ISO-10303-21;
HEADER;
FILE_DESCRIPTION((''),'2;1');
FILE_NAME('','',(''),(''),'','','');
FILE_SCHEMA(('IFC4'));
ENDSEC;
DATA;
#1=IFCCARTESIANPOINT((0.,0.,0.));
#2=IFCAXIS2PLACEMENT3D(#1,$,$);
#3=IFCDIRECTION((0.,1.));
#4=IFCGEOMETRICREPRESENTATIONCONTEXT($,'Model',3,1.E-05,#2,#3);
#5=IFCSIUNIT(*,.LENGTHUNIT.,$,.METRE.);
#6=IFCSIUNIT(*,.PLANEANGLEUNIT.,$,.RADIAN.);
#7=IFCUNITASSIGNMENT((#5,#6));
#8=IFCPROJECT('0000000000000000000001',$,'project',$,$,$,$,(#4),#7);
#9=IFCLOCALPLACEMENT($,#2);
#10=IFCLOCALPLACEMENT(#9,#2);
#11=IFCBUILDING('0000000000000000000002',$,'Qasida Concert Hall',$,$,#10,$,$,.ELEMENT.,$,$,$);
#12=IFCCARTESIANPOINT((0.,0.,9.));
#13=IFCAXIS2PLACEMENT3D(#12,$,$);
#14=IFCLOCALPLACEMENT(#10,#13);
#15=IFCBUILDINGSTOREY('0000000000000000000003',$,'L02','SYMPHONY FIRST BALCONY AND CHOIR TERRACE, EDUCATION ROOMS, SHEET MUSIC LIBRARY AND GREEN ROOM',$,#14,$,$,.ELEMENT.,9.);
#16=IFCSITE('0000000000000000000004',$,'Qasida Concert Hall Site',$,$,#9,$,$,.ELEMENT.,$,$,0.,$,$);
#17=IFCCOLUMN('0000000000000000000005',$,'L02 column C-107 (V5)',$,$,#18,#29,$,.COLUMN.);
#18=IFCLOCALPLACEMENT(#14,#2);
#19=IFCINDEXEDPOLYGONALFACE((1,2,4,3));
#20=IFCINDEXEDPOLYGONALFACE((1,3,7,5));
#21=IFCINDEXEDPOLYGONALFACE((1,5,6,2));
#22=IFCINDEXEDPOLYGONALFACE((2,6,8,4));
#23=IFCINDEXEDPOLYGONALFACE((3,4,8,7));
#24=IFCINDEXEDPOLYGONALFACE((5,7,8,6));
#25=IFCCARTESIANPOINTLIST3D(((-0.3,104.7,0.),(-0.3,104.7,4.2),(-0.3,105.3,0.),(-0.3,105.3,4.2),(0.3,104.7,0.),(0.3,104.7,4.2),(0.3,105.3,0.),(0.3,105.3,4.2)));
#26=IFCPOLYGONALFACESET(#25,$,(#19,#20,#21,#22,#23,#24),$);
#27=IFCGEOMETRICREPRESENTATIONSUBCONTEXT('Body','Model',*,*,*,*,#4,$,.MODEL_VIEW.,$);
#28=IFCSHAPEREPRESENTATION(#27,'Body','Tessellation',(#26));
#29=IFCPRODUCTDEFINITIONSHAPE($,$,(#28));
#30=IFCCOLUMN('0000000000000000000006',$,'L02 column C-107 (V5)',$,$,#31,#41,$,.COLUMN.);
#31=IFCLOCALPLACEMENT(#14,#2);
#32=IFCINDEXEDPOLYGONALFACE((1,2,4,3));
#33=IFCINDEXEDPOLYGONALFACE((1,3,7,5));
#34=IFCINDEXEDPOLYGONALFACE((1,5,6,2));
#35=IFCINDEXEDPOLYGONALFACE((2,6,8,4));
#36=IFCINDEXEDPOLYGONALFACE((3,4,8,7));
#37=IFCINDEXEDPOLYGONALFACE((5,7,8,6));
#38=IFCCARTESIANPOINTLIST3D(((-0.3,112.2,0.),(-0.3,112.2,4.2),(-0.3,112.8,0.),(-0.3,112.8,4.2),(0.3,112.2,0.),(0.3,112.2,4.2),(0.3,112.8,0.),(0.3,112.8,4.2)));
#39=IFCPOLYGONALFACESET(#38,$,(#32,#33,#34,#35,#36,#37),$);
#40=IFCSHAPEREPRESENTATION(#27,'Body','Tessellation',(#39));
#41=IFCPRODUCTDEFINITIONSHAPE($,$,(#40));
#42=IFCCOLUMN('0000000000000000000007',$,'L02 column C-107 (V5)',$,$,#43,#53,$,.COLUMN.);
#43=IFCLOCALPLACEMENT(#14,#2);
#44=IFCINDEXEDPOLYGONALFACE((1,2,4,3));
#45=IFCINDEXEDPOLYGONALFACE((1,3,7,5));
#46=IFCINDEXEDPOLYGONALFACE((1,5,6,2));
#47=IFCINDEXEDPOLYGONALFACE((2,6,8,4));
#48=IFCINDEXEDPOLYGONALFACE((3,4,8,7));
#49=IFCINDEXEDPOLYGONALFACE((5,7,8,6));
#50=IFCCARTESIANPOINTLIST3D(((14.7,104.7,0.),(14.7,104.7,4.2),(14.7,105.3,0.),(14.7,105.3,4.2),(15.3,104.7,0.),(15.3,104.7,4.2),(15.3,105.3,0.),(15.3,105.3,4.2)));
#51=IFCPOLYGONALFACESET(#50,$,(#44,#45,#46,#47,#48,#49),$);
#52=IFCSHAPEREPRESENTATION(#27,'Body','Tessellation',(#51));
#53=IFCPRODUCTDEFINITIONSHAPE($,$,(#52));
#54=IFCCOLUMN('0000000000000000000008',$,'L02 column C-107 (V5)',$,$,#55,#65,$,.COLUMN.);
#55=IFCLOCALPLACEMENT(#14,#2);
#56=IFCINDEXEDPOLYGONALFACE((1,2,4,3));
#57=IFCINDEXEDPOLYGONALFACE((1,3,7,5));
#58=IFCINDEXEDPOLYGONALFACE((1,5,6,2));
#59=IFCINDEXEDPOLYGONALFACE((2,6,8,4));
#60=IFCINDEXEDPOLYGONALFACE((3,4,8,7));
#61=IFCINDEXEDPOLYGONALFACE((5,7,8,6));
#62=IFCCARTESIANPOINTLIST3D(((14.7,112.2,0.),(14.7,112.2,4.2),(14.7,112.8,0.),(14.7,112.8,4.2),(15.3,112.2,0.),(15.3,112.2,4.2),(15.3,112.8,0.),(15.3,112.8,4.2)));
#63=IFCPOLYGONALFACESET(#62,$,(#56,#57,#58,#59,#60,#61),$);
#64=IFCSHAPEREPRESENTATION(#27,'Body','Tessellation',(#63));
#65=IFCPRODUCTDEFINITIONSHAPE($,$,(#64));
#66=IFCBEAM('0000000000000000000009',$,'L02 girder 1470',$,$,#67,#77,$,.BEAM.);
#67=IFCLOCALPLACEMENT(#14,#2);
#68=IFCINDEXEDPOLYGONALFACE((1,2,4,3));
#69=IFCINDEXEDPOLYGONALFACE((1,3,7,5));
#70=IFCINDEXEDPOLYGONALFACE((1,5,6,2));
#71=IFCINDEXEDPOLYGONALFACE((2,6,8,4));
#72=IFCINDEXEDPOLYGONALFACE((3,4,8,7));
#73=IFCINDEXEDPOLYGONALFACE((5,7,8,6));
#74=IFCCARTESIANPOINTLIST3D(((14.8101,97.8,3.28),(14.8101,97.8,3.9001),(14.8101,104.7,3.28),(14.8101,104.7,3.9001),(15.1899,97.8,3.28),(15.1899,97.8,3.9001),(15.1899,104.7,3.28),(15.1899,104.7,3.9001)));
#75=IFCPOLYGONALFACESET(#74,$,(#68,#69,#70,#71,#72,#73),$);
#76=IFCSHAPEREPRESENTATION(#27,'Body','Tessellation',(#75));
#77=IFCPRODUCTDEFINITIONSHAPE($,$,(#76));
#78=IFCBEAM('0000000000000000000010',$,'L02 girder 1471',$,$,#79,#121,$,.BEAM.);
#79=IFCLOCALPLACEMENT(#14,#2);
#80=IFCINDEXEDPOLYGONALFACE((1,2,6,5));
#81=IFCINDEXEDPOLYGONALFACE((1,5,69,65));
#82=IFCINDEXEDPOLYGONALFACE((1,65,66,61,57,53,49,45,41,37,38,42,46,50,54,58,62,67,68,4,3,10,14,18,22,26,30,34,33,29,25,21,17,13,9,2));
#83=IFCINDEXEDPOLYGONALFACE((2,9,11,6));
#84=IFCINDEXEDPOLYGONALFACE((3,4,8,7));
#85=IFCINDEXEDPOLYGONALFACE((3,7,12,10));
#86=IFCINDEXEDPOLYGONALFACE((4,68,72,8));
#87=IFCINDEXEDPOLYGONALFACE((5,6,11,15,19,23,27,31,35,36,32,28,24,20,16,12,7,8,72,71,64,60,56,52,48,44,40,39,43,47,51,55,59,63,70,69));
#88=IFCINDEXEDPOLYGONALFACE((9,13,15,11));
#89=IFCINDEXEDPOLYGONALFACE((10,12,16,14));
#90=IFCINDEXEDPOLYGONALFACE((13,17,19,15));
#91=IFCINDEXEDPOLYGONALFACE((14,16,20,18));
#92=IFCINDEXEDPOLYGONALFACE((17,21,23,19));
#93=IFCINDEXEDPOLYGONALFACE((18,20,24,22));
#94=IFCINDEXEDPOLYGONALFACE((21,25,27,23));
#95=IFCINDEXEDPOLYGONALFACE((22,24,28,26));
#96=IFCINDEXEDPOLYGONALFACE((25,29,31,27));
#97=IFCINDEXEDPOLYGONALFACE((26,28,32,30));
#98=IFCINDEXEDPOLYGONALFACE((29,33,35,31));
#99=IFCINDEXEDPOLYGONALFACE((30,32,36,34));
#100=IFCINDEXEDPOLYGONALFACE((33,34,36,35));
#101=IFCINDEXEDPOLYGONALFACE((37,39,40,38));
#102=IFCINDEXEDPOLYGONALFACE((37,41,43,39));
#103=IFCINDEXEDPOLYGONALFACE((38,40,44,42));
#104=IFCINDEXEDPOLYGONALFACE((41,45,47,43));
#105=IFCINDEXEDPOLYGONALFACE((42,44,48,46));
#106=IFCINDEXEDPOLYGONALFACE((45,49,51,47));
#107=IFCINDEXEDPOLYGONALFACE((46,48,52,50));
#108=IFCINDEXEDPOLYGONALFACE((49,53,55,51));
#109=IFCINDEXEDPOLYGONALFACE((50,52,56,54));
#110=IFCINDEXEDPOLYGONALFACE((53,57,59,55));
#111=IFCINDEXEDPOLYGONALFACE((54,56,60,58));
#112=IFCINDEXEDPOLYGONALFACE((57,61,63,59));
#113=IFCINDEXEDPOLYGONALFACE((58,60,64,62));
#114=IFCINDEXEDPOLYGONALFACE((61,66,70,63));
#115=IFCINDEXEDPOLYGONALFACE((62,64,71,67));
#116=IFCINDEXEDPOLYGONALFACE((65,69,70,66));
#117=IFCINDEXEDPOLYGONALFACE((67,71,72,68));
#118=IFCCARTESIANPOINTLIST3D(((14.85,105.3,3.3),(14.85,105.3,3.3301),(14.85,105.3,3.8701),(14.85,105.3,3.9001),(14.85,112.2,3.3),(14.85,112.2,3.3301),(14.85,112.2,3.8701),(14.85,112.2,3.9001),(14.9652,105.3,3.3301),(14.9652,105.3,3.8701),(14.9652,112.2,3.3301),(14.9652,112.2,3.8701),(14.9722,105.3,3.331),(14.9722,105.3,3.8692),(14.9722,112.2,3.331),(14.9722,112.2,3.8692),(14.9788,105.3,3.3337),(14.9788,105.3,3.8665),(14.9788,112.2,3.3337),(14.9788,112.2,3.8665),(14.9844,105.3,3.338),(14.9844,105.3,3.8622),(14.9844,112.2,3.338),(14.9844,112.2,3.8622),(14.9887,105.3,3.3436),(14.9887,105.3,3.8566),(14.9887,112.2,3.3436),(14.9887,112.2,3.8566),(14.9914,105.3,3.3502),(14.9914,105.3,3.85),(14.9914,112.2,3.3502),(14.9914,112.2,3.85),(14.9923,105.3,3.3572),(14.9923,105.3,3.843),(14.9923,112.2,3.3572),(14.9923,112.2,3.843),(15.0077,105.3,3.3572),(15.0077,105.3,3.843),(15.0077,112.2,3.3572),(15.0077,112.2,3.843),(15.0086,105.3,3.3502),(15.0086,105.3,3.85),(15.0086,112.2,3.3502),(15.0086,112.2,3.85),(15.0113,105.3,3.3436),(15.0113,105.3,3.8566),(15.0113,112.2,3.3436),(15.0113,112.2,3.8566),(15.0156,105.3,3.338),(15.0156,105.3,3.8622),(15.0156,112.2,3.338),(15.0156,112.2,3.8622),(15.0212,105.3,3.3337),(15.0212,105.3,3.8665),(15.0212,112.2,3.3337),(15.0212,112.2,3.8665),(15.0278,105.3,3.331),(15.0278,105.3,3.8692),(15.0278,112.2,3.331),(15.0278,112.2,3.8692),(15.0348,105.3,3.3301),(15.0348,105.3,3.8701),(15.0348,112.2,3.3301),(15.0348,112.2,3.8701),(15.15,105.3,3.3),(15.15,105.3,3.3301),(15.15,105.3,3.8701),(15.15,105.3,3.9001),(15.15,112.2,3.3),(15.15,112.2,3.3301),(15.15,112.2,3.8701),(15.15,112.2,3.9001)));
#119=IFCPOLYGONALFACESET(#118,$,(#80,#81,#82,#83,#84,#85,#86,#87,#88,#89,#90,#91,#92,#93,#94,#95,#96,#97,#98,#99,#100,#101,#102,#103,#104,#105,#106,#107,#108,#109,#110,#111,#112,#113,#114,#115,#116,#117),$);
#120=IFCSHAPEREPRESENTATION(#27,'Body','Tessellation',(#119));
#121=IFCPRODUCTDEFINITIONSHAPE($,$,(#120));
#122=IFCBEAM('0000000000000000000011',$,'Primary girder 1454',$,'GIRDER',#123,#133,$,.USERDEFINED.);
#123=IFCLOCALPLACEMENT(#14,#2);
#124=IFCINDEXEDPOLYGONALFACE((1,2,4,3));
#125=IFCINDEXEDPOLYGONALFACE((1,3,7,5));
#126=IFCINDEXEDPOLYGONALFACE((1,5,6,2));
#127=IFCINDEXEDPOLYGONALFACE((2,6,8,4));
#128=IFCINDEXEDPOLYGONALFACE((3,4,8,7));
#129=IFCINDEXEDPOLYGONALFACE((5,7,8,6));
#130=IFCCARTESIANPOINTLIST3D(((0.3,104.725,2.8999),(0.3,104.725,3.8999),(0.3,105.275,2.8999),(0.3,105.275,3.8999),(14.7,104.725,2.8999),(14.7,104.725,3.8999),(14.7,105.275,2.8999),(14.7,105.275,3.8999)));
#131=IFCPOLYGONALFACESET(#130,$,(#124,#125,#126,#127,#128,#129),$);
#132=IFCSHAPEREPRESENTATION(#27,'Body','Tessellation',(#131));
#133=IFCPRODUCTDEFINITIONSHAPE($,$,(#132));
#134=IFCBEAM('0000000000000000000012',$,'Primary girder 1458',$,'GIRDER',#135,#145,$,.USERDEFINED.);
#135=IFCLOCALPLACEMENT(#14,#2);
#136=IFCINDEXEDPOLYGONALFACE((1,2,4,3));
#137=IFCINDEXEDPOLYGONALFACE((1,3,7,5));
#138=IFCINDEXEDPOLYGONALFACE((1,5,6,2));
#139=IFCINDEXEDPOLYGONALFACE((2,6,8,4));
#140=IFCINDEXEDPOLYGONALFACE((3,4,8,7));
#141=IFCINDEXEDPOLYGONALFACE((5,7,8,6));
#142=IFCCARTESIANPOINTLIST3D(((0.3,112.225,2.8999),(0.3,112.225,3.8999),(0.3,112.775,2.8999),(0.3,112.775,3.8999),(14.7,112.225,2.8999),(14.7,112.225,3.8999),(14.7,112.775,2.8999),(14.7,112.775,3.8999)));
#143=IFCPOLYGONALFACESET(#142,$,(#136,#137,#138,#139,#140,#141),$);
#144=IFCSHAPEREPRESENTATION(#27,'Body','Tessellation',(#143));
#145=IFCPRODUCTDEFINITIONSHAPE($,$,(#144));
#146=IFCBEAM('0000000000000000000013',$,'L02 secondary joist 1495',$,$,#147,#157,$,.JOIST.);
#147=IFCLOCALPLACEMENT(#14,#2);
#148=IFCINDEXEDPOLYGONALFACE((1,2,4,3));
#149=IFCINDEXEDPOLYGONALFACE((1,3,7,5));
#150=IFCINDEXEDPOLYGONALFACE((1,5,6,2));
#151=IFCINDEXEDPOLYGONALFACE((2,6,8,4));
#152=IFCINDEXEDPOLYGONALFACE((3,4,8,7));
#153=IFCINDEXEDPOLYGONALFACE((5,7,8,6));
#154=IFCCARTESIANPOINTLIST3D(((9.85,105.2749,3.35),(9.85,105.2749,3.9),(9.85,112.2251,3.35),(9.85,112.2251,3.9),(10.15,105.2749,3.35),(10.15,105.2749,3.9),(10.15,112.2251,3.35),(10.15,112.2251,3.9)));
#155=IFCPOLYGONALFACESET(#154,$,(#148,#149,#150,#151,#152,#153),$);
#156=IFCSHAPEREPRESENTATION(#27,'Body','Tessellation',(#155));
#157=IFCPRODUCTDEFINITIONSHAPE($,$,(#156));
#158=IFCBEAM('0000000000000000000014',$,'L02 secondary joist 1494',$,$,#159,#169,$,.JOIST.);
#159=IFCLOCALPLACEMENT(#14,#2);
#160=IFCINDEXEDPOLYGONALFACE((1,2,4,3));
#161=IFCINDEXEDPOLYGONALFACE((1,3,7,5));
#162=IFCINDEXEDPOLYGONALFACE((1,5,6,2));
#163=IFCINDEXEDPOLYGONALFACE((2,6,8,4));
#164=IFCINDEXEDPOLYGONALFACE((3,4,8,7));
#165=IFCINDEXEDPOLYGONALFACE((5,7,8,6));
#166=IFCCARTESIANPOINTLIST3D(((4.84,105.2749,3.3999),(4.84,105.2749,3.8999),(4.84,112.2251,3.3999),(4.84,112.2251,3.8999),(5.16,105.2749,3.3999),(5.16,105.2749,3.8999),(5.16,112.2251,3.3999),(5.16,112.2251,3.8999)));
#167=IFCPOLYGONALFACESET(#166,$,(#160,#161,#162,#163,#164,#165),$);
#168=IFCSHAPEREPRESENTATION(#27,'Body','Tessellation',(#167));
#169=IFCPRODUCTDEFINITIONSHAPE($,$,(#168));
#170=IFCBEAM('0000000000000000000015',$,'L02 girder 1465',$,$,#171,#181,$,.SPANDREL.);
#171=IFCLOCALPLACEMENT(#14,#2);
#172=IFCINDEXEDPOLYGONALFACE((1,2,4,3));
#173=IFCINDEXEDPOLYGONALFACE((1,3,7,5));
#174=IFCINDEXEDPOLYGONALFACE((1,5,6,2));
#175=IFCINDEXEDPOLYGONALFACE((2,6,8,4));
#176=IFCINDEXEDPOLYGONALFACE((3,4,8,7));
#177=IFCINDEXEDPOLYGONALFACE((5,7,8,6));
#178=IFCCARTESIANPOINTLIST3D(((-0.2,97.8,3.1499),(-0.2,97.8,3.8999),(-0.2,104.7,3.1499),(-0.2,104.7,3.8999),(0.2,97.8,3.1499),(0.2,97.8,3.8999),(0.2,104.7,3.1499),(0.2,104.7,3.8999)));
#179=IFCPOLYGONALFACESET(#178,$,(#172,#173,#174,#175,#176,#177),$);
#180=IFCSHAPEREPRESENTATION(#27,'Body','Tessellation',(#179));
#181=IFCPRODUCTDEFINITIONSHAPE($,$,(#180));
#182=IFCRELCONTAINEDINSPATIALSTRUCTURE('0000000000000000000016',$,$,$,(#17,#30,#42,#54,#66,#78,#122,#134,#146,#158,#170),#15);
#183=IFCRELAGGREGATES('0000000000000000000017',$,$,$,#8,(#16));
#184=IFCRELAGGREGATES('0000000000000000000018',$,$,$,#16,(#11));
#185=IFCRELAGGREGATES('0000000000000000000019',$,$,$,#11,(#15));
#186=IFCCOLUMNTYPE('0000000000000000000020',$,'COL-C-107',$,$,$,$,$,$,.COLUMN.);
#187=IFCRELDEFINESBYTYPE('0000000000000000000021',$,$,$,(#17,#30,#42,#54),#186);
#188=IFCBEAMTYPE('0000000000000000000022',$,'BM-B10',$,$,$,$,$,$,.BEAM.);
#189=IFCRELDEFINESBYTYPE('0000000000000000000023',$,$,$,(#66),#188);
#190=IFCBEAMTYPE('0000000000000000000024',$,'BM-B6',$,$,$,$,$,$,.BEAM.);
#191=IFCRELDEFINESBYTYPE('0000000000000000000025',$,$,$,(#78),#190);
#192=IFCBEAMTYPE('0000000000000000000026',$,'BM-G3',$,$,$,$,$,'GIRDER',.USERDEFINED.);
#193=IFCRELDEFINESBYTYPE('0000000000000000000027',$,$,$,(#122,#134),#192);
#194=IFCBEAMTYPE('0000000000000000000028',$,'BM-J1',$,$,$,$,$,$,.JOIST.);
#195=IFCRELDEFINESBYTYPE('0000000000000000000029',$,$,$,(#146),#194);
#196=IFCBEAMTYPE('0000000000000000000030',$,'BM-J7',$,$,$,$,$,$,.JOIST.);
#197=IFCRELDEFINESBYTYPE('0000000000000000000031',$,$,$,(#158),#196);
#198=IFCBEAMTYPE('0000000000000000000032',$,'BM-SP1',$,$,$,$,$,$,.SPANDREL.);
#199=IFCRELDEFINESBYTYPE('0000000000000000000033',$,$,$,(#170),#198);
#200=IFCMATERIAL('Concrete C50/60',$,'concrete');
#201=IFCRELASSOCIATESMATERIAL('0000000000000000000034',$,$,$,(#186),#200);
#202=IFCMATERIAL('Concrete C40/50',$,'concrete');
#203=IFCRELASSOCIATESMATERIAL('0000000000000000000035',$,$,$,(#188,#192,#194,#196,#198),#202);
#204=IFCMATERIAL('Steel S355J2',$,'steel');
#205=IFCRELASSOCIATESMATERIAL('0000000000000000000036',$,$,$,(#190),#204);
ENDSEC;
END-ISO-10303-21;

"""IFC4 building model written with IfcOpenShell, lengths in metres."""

from ifc_helpers import new_model, si_unit, direction, frame, origin, origin_2d, place, context, subcontext, project, spatial, rectangle, i_section, extrude, material, material_profile, profile_set, type_object, element, save


model = new_model("IFC4")

# Units and contexts
model_context = context("Model", 3, precision=1e-05, world=origin(), true_north=direction((0.0, 1.0)))
body_context = subcontext(model_context, "Body", "Model", "MODEL_VIEW")
ifc_project = project(units=[si_unit("LENGTHUNIT", "METRE"), si_unit("PLANEANGLEUNIT", "RADIAN")], contexts=[model_context])

# Site, building, storey
site_placement = place(None, origin())
site = spatial("IfcSite", under=ifc_project, at=site_placement, Name="Qasida Concert Hall Site", CompositionType="ELEMENT", RefElevation=0.0)
building_placement = place(site_placement, origin())
building = spatial("IfcBuilding", under=site, at=building_placement, Name="Qasida Concert Hall", CompositionType="ELEMENT")
storey_placement = place(building_placement, frame((0.0, 0.0, 9.0)))
storey = spatial("IfcBuildingStorey", under=building, at=storey_placement, Name="L02", Description="SYMPHONY FIRST BALCONY AND CHOIR TERRACE, EDUCATION ROOMS, SHEET MUSIC LIBRARY AND GREEN ROOM", CompositionType="ELEMENT", Elevation=9.0)

# Columns
ifc_material_1 = material(Name="Concrete C50/60", Category="concrete")
ifc_material_profile_1 = material_profile(ifc_material_1, rectangle(XDim=0.6001, YDim=0.6001, at=origin_2d()), Name="RC 600x600")
ifc_profile_set_1 = profile_set([ifc_material_profile_1], Name="Concrete C50/60")
column_type = type_object("IfcColumnType", Name="COL-C-107", PredefinedType="COLUMN", material=ifc_profile_set_1)
for number, where, z_axis, x_axis, name in (
    (1, (0.0, 105.0, 0.0), (0.0, 0.0, 1.0), (1.0, 0.0, 0.0), "L02 column C-107 (V5)"),
    (2, (0.0, 112.5, 0.0), (0.0, 0.0, 1.0), (1.0, 0.0, 0.0), "L02 column C-107 (V5)"),
    (3, (15.0, 105.0, 0.0), (0.0, 0.0, 1.0), (1.0, 0.0, 0.0), "L02 column C-107 (V5)"),
    (4, (15.0, 112.5, 0.0), (0.0, 0.0, 1.0), (1.0, 0.0, 0.0), "L02 column C-107 (V5)"),
):
    element("IfcColumn", number, at=place(storey_placement, frame(where, z_axis=z_axis, x_axis=x_axis)), inside=storey, type_object=column_type, Name=name, PredefinedType="COLUMN", context=body_context, shape_type="SweptSolid", body=[
        extrude(rectangle(XDim=0.6001, YDim=0.6001, at=origin_2d()), origin(), (0.0, 0.0, 1.0), 4.2),
    ])

# Beams
ifc_material_2 = material(Name="Concrete C40/50", Category="concrete")
ifc_material_profile_2 = material_profile(ifc_material_2, rectangle(XDim=0.3799, YDim=0.6201, at=origin_2d()), Name="RC 380x620")
ifc_profile_set_2 = profile_set([ifc_material_profile_2], Name="Concrete C40/50")
beam_type_1 = type_object("IfcBeamType", Name="BM-B10", PredefinedType="BEAM", material=ifc_profile_set_2)
beam_1_placement = place(storey_placement, frame((15.0, 97.8, 3.5901), z_axis=(0.0, 1.0, 0.0), x_axis=(-1.0, 0.0, 0.0)))
element("IfcBeam", 5, at=beam_1_placement, inside=storey, type_object=beam_type_1, Name="L02 girder 1470", PredefinedType="BEAM", context=body_context, shape_type="SweptSolid", body=[
    extrude(rectangle(XDim=0.3799, YDim=0.6201, at=origin_2d()), origin(), (0.0, 0.0, 1.0), 6.8999),
])
ifc_material_3 = material(Name="Steel S355J2", Category="steel")
ifc_material_profile_3 = material_profile(ifc_material_3, i_section(OverallWidth=0.3, OverallDepth=0.6001, WebThickness=0.0154, FlangeThickness=0.03, FilletRadius=0.0271, at=origin_2d()), Name="HEB 600")
ifc_profile_set_3 = profile_set([ifc_material_profile_3], Name="Steel S355J2")
beam_type_2 = type_object("IfcBeamType", Name="BM-B6", PredefinedType="BEAM", material=ifc_profile_set_3)
beam_2_placement = place(storey_placement, frame((15.0, 105.3, 3.6001), z_axis=(0.0, 1.0, 0.0), x_axis=(-1.0, 0.0, 0.0)))
element("IfcBeam", 6, at=beam_2_placement, inside=storey, type_object=beam_type_2, Name="L02 girder 1471", PredefinedType="BEAM", context=body_context, shape_type="SweptSolid", body=[
    extrude(i_section(OverallWidth=0.3, OverallDepth=0.6001, WebThickness=0.0154, FlangeThickness=0.03, FilletRadius=0.0271, at=origin_2d()), origin(), (0.0, 0.0, 1.0), 6.8999),
])
ifc_material_profile_4 = material_profile(ifc_material_2, rectangle(XDim=0.55, YDim=1.0, at=origin_2d()), Name="RC 550x1000")
ifc_profile_set_4 = profile_set([ifc_material_profile_4], Name="Concrete C40/50")
beam_type_3 = type_object("IfcBeamType", Name="BM-G3", ElementType="GIRDER", PredefinedType="USERDEFINED", material=ifc_profile_set_4)
for number, where, z_axis, x_axis, name in (
    (7, (0.3, 105.0, 3.3999), (1.0, 0.0, 0.0), (0.0, 1.0, 0.0), "Primary girder 1454"),
    (8, (0.3, 112.5, 3.3999), (1.0, 0.0, 0.0), (0.0, 1.0, 0.0), "Primary girder 1458"),
):
    element("IfcBeam", number, at=place(storey_placement, frame(where, z_axis=z_axis, x_axis=x_axis)), inside=storey, type_object=beam_type_3, Name=name, ObjectType="GIRDER", PredefinedType="USERDEFINED", context=body_context, shape_type="SweptSolid", body=[
        extrude(rectangle(XDim=0.55, YDim=1.0, at=origin_2d()), origin(), (0.0, 0.0, 1.0), 14.3999),
    ])
ifc_material_profile_5 = material_profile(ifc_material_2, rectangle(XDim=0.3, YDim=0.55, at=origin_2d()), Name="RC 300x550")
ifc_profile_set_5 = profile_set([ifc_material_profile_5], Name="Concrete C40/50")
beam_type_4 = type_object("IfcBeamType", Name="BM-J1", PredefinedType="JOIST", material=ifc_profile_set_5)
beam_3_placement = place(storey_placement, frame((10.0, 105.2749, 3.625), z_axis=(0.0, 1.0, 0.0), x_axis=(-1.0, 0.0, 0.0)))
element("IfcBeam", 9, at=beam_3_placement, inside=storey, type_object=beam_type_4, Name="L02 secondary joist 1495", PredefinedType="JOIST", context=body_context, shape_type="SweptSolid", body=[
    extrude(rectangle(XDim=0.3, YDim=0.55, at=origin_2d()), origin(), (0.0, 0.0, 1.0), 6.9502),
])
ifc_material_profile_6 = material_profile(ifc_material_2, rectangle(XDim=0.3201, YDim=0.5, at=origin_2d()), Name="RC 320x500")
ifc_profile_set_6 = profile_set([ifc_material_profile_6], Name="Concrete C40/50")
beam_type_5 = type_object("IfcBeamType", Name="BM-J7", PredefinedType="JOIST", material=ifc_profile_set_6)
beam_4_placement = place(storey_placement, frame((5.0, 105.2749, 3.6499), z_axis=(0.0, 1.0, 0.0), x_axis=(-1.0, 0.0, 0.0)))
element("IfcBeam", 10, at=beam_4_placement, inside=storey, type_object=beam_type_5, Name="L02 secondary joist 1494", PredefinedType="JOIST", context=body_context, shape_type="SweptSolid", body=[
    extrude(rectangle(XDim=0.3201, YDim=0.5, at=origin_2d()), origin(), (0.0, 0.0, 1.0), 6.9502),
])
ifc_material_profile_7 = material_profile(ifc_material_2, rectangle(XDim=0.3999, YDim=0.75, at=origin_2d()), Name="RC 400x750")
ifc_profile_set_7 = profile_set([ifc_material_profile_7], Name="Concrete C40/50")
beam_type_6 = type_object("IfcBeamType", Name="BM-SP1", PredefinedType="SPANDREL", material=ifc_profile_set_7)
beam_5_placement = place(storey_placement, frame((0.0, 97.8, 3.5249), z_axis=(0.0, 1.0, 0.0), x_axis=(-1.0, 0.0, 0.0)))
element("IfcBeam", 11, at=beam_5_placement, inside=storey, type_object=beam_type_6, Name="L02 girder 1465", PredefinedType="SPANDREL", context=body_context, shape_type="SweptSolid", body=[
    extrude(rectangle(XDim=0.3999, YDim=0.75, at=origin_2d()), origin(), (0.0, 0.0, 1.0), 6.8999),
])

save(model, "model.ifc")
